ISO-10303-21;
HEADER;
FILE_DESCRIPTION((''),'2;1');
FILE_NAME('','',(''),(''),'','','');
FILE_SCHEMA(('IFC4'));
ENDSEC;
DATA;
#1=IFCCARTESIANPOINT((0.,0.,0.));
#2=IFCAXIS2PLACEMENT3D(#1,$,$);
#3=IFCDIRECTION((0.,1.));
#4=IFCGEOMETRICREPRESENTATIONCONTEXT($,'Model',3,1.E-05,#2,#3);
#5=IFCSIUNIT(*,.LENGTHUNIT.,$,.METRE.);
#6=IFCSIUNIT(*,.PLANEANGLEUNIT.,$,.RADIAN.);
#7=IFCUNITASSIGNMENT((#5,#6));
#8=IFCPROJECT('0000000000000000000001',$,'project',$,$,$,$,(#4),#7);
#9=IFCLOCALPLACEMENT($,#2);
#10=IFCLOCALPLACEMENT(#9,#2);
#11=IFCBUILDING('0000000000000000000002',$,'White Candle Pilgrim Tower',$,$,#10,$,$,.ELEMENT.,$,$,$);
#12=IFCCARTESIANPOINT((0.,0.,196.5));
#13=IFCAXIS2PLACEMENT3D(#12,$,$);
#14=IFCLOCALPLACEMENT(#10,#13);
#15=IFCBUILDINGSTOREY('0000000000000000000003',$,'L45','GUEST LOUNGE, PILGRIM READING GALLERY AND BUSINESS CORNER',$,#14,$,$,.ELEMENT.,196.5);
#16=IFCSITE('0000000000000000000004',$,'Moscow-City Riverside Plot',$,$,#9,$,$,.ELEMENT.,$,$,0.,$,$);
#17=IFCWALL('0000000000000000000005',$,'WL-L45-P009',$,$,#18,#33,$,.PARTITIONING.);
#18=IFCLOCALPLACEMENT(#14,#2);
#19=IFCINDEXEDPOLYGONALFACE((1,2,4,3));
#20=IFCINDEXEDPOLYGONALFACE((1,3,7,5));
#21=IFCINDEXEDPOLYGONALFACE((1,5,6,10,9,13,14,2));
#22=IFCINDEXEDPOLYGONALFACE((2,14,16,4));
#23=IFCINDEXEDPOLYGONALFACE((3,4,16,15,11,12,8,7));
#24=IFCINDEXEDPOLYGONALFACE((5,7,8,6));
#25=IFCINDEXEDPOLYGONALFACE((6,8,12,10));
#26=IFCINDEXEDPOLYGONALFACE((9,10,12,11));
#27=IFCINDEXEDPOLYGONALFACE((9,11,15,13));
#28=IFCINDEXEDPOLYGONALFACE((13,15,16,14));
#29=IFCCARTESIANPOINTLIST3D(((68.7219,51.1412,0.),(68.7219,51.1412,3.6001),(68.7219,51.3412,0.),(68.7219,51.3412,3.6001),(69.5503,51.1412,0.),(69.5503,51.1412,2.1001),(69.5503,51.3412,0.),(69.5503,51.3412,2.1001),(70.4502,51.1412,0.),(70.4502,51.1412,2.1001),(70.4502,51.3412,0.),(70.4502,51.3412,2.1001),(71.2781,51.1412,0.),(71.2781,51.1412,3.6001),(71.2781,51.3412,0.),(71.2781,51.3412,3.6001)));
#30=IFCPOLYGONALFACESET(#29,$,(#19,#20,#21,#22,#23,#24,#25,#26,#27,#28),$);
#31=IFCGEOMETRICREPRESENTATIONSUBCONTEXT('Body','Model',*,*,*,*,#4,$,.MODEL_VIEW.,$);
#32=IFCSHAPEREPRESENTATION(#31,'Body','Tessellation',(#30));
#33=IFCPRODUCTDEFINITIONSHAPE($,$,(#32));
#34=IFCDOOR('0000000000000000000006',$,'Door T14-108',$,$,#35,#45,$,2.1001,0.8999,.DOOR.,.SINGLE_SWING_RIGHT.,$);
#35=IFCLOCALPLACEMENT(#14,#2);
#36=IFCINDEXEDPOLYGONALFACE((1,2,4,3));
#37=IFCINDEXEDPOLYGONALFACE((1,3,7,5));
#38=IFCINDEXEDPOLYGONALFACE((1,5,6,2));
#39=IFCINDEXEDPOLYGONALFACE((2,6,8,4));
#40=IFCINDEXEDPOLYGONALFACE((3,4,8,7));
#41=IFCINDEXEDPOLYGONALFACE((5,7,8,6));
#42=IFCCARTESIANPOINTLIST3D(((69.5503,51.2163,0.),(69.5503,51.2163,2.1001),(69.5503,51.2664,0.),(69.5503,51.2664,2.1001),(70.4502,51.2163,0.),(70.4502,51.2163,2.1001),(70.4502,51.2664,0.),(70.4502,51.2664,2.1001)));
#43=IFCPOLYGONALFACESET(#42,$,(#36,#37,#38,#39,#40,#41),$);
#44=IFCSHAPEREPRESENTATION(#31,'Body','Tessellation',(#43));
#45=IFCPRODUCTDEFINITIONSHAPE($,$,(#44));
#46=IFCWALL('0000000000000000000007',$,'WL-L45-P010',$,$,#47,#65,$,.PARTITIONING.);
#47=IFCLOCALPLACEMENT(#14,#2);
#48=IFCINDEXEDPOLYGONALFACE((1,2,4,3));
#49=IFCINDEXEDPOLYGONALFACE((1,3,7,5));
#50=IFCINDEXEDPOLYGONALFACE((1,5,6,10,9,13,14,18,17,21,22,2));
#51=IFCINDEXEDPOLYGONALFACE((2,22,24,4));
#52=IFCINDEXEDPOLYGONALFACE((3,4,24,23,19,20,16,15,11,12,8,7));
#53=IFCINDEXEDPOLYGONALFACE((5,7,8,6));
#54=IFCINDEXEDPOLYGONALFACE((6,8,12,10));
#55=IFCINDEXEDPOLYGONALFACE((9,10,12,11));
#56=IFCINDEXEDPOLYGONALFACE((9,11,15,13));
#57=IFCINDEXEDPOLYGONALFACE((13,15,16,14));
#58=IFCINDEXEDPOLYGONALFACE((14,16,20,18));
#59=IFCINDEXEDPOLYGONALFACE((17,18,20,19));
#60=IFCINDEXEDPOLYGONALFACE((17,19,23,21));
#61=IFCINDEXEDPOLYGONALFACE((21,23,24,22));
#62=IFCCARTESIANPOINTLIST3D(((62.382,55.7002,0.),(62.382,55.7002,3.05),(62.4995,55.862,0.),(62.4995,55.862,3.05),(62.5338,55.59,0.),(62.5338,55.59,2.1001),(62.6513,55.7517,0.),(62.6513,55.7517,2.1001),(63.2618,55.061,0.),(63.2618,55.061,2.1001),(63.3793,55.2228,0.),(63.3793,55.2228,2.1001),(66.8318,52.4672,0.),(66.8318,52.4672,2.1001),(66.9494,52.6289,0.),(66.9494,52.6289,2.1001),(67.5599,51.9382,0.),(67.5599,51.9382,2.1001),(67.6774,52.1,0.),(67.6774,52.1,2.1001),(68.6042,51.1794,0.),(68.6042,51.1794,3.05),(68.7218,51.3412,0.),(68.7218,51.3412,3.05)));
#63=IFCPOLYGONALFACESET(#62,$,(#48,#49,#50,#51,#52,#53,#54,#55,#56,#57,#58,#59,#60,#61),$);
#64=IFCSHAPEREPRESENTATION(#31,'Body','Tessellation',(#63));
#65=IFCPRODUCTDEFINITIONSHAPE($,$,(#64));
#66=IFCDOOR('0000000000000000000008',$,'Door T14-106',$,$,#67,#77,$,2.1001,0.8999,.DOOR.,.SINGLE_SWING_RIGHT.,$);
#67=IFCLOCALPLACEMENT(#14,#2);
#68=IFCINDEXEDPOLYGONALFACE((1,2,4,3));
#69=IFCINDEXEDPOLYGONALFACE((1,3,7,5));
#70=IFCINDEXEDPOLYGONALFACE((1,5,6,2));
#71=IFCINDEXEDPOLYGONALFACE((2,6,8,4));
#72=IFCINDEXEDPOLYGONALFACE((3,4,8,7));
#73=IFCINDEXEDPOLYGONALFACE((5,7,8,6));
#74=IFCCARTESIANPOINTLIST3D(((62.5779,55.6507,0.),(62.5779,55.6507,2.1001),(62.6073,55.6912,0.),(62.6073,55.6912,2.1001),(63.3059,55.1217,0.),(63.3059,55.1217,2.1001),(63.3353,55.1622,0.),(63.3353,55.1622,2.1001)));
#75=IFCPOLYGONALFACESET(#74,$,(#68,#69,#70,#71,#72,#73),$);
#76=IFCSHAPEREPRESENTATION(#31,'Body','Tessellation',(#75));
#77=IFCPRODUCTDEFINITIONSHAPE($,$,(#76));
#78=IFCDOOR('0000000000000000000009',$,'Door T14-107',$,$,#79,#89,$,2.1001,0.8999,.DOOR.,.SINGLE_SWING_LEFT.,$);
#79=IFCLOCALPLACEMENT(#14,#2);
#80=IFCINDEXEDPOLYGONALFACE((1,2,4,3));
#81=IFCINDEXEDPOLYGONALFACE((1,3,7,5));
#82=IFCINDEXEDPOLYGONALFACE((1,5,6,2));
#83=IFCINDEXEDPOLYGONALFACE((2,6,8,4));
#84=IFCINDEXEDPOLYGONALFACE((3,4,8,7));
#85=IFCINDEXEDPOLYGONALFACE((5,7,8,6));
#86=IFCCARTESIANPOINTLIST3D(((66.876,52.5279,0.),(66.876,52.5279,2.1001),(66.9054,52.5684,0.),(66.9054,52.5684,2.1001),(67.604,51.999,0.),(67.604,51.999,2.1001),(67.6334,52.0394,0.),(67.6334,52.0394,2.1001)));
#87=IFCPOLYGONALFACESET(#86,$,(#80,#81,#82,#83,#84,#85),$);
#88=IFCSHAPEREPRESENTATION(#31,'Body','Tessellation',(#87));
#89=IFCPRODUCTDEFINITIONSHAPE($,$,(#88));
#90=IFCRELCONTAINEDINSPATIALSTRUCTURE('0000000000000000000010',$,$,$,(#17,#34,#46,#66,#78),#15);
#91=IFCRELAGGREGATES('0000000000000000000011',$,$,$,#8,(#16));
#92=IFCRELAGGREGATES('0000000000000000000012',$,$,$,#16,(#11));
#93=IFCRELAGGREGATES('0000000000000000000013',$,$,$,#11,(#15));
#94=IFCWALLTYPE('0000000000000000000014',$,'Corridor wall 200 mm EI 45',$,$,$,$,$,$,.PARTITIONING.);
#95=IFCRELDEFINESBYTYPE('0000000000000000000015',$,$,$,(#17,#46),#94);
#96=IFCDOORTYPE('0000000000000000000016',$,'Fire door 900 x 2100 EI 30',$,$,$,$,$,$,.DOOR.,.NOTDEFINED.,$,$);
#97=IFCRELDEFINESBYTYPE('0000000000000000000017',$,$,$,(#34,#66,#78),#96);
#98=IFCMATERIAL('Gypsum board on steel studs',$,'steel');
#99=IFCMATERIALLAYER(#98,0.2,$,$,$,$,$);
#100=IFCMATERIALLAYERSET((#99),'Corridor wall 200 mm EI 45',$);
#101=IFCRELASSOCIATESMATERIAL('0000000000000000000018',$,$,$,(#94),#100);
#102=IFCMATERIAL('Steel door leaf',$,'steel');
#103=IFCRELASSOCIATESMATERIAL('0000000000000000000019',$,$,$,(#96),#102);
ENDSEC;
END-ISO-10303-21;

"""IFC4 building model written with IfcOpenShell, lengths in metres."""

from ifc_helpers import new_model, si_unit, direction, frame, frame_2d, origin, place, context, subcontext, project, spatial, rectangle, extrude, material, layer, layer_set, type_object, element, fill, save


model = new_model("IFC4")

# Units and contexts
model_context = context("Model", 3, precision=1e-05, world=origin(), true_north=direction((0.0, 1.0)))
body_context = subcontext(model_context, "Body", "Model", "MODEL_VIEW")
ifc_project = project(units=[si_unit("LENGTHUNIT", "METRE"), si_unit("PLANEANGLEUNIT", "RADIAN")], contexts=[model_context])

# Site, building, storey
site_placement = place(None, origin())
site = spatial("IfcSite", under=ifc_project, at=site_placement, Name="Moscow-City Riverside Plot", CompositionType="ELEMENT", RefElevation=0.0)
building_placement = place(site_placement, origin())
building = spatial("IfcBuilding", under=site, at=building_placement, Name="White Candle Pilgrim Tower", CompositionType="ELEMENT")
storey_placement = place(building_placement, frame((0.0, 0.0, 196.5)))
storey = spatial("IfcBuildingStorey", under=building, at=storey_placement, Name="L45", Description="GUEST LOUNGE, PILGRIM READING GALLERY AND BUSINESS CORNER", CompositionType="ELEMENT", Elevation=196.5)

# Wall, opening, door
ifc_material_1 = material(Name="Gypsum board on steel studs", Category="steel")
ifc_layer_1 = layer(ifc_material_1, 0.2)
ifc_layer_set_1 = layer_set([ifc_layer_1], Name="Corridor wall 200 mm EI 45")
wall_type_1 = type_object("IfcWallType", Name="Corridor wall 200 mm EI 45", PredefinedType="PARTITIONING", material=ifc_layer_set_1)
wall_1_placement = place(storey_placement, frame((71.2781, 51.2412, 0.0), z_axis=(0.0, 0.0, 1.0), x_axis=(-1.0, 0.0, 0.0)))
wall_1 = element("IfcWall", 1, at=wall_1_placement, inside=storey, type_object=wall_type_1, Name="WL-L45-P009", PredefinedType="PARTITIONING", context=body_context, shape_type="SweptSolid", body=[
    extrude(rectangle(XDim=2.5562, YDim=0.2, at=frame_2d((1.2781, 0.0))), origin(), (0.0, 0.0, 1.0), 3.6001),
])
opening_1_placement = place(wall_1_placement, frame((0.8279, 0.0, 0.0)))
opening_1 = element("IfcOpeningElement", 2, at=opening_1_placement, cuts=wall_1, PredefinedType="OPENING", context=body_context, shape_type="SweptSolid", body=[
    extrude(rectangle(XDim=0.8999, YDim=2.1001, at=frame_2d((0.45, 1.05))), frame((0.0, 0.1099, 0.0), z_axis=(0.0, -1.0, 0.0), x_axis=(1.0, 0.0, 0.0)), (0.0, 0.0, 1.0), 0.22),
])
ifc_material_2 = material(Name="Steel door leaf", Category="steel")
door_type = type_object("IfcDoorType", Name="Fire door 900 x 2100 EI 30", OperationType="NOTDEFINED", PredefinedType="DOOR", material=ifc_material_2)
door_1_placement = place(opening_1_placement, origin())
door_1 = element("IfcDoor", 3, at=door_1_placement, inside=storey, type_object=door_type, Name="Door T14-108", OperationType="SINGLE_SWING_RIGHT", OverallHeight=2.1001, OverallWidth=0.8999, PredefinedType="DOOR", context=body_context, shape_type="SweptSolid", body=[
    extrude(rectangle(XDim=0.8999, YDim=2.1001, at=frame_2d((0.45, 1.05))), frame((0.0, 0.0249, 0.0), z_axis=(0.0, -1.0, 0.0), x_axis=(1.0, 0.0, 0.0)), (0.0, 0.0, 1.0), 0.05),
])
fill(opening_1, door_1)

# Wall, openings, doors
wall_2_placement = place(storey_placement, frame((68.6631, 51.2603, 0.0), z_axis=(0.0, 0.0, 1.0), x_axis=(-0.809012, 0.587792, 0.0)))
wall_2 = element("IfcWall", 4, at=wall_2_placement, inside=storey, type_object=wall_type_1, Name="WL-L45-P010", PredefinedType="PARTITIONING", context=body_context, shape_type="SweptSolid", body=[
    extrude(rectangle(XDim=7.6912, YDim=0.2, at=frame_2d((3.8457, 0.0))), origin(), (0.0, 0.0, 1.0), 3.05),
])
opening_2_placement = place(wall_2_placement, frame((6.6038, 0.0, 0.0)))
opening_2 = element("IfcOpeningElement", 5, at=opening_2_placement, cuts=wall_2, PredefinedType="OPENING", context=body_context, shape_type="SweptSolid", body=[
    extrude(rectangle(XDim=0.8999, YDim=2.1001, at=frame_2d((0.45, 1.05))), frame((0.0, 0.1099, 0.0), z_axis=(0.0, -1.0, 0.0), x_axis=(1.0, 0.0, 0.0)), (0.0, 0.0, 1.0), 0.22),
])
opening_3_placement = place(wall_2_placement, frame((1.291, 0.0, 0.0)))
opening_3 = element("IfcOpeningElement", 6, at=opening_3_placement, cuts=wall_2, PredefinedType="OPENING", context=body_context, shape_type="SweptSolid", body=[
    extrude(rectangle(XDim=0.8999, YDim=2.1001, at=frame_2d((0.45, 1.05))), frame((0.0, 0.1099, 0.0), z_axis=(0.0, -1.0, 0.0), x_axis=(1.0, 0.0, 0.0)), (0.0, 0.0, 1.0), 0.22),
])
door_2_placement = place(opening_2_placement, origin())
door_2 = element("IfcDoor", 7, at=door_2_placement, inside=storey, type_object=door_type, Name="Door T14-106", OperationType="SINGLE_SWING_RIGHT", OverallHeight=2.1001, OverallWidth=0.8999, PredefinedType="DOOR", context=body_context, shape_type="SweptSolid", body=[
    extrude(rectangle(XDim=0.8999, YDim=2.1001, at=frame_2d((0.45, 1.05))), frame((0.0, 0.0249, 0.0), z_axis=(0.0, -1.0, 0.0), x_axis=(1.0, 0.0, 0.0)), (0.0, 0.0, 1.0), 0.05),
])
fill(opening_2, door_2)
door_3_placement = place(opening_3_placement, origin())
door_3 = element("IfcDoor", 8, at=door_3_placement, inside=storey, type_object=door_type, Name="Door T14-107", OperationType="SINGLE_SWING_LEFT", OverallHeight=2.1001, OverallWidth=0.8999, PredefinedType="DOOR", context=body_context, shape_type="SweptSolid", body=[
    extrude(rectangle(XDim=0.8999, YDim=2.1001, at=frame_2d((0.45, 1.05))), frame((0.0, 0.0249, 0.0), z_axis=(0.0, -1.0, 0.0), x_axis=(1.0, 0.0, 0.0)), (0.0, 0.0, 1.0), 0.05),
])
fill(opening_3, door_3)

save(model, "model.ifc")
